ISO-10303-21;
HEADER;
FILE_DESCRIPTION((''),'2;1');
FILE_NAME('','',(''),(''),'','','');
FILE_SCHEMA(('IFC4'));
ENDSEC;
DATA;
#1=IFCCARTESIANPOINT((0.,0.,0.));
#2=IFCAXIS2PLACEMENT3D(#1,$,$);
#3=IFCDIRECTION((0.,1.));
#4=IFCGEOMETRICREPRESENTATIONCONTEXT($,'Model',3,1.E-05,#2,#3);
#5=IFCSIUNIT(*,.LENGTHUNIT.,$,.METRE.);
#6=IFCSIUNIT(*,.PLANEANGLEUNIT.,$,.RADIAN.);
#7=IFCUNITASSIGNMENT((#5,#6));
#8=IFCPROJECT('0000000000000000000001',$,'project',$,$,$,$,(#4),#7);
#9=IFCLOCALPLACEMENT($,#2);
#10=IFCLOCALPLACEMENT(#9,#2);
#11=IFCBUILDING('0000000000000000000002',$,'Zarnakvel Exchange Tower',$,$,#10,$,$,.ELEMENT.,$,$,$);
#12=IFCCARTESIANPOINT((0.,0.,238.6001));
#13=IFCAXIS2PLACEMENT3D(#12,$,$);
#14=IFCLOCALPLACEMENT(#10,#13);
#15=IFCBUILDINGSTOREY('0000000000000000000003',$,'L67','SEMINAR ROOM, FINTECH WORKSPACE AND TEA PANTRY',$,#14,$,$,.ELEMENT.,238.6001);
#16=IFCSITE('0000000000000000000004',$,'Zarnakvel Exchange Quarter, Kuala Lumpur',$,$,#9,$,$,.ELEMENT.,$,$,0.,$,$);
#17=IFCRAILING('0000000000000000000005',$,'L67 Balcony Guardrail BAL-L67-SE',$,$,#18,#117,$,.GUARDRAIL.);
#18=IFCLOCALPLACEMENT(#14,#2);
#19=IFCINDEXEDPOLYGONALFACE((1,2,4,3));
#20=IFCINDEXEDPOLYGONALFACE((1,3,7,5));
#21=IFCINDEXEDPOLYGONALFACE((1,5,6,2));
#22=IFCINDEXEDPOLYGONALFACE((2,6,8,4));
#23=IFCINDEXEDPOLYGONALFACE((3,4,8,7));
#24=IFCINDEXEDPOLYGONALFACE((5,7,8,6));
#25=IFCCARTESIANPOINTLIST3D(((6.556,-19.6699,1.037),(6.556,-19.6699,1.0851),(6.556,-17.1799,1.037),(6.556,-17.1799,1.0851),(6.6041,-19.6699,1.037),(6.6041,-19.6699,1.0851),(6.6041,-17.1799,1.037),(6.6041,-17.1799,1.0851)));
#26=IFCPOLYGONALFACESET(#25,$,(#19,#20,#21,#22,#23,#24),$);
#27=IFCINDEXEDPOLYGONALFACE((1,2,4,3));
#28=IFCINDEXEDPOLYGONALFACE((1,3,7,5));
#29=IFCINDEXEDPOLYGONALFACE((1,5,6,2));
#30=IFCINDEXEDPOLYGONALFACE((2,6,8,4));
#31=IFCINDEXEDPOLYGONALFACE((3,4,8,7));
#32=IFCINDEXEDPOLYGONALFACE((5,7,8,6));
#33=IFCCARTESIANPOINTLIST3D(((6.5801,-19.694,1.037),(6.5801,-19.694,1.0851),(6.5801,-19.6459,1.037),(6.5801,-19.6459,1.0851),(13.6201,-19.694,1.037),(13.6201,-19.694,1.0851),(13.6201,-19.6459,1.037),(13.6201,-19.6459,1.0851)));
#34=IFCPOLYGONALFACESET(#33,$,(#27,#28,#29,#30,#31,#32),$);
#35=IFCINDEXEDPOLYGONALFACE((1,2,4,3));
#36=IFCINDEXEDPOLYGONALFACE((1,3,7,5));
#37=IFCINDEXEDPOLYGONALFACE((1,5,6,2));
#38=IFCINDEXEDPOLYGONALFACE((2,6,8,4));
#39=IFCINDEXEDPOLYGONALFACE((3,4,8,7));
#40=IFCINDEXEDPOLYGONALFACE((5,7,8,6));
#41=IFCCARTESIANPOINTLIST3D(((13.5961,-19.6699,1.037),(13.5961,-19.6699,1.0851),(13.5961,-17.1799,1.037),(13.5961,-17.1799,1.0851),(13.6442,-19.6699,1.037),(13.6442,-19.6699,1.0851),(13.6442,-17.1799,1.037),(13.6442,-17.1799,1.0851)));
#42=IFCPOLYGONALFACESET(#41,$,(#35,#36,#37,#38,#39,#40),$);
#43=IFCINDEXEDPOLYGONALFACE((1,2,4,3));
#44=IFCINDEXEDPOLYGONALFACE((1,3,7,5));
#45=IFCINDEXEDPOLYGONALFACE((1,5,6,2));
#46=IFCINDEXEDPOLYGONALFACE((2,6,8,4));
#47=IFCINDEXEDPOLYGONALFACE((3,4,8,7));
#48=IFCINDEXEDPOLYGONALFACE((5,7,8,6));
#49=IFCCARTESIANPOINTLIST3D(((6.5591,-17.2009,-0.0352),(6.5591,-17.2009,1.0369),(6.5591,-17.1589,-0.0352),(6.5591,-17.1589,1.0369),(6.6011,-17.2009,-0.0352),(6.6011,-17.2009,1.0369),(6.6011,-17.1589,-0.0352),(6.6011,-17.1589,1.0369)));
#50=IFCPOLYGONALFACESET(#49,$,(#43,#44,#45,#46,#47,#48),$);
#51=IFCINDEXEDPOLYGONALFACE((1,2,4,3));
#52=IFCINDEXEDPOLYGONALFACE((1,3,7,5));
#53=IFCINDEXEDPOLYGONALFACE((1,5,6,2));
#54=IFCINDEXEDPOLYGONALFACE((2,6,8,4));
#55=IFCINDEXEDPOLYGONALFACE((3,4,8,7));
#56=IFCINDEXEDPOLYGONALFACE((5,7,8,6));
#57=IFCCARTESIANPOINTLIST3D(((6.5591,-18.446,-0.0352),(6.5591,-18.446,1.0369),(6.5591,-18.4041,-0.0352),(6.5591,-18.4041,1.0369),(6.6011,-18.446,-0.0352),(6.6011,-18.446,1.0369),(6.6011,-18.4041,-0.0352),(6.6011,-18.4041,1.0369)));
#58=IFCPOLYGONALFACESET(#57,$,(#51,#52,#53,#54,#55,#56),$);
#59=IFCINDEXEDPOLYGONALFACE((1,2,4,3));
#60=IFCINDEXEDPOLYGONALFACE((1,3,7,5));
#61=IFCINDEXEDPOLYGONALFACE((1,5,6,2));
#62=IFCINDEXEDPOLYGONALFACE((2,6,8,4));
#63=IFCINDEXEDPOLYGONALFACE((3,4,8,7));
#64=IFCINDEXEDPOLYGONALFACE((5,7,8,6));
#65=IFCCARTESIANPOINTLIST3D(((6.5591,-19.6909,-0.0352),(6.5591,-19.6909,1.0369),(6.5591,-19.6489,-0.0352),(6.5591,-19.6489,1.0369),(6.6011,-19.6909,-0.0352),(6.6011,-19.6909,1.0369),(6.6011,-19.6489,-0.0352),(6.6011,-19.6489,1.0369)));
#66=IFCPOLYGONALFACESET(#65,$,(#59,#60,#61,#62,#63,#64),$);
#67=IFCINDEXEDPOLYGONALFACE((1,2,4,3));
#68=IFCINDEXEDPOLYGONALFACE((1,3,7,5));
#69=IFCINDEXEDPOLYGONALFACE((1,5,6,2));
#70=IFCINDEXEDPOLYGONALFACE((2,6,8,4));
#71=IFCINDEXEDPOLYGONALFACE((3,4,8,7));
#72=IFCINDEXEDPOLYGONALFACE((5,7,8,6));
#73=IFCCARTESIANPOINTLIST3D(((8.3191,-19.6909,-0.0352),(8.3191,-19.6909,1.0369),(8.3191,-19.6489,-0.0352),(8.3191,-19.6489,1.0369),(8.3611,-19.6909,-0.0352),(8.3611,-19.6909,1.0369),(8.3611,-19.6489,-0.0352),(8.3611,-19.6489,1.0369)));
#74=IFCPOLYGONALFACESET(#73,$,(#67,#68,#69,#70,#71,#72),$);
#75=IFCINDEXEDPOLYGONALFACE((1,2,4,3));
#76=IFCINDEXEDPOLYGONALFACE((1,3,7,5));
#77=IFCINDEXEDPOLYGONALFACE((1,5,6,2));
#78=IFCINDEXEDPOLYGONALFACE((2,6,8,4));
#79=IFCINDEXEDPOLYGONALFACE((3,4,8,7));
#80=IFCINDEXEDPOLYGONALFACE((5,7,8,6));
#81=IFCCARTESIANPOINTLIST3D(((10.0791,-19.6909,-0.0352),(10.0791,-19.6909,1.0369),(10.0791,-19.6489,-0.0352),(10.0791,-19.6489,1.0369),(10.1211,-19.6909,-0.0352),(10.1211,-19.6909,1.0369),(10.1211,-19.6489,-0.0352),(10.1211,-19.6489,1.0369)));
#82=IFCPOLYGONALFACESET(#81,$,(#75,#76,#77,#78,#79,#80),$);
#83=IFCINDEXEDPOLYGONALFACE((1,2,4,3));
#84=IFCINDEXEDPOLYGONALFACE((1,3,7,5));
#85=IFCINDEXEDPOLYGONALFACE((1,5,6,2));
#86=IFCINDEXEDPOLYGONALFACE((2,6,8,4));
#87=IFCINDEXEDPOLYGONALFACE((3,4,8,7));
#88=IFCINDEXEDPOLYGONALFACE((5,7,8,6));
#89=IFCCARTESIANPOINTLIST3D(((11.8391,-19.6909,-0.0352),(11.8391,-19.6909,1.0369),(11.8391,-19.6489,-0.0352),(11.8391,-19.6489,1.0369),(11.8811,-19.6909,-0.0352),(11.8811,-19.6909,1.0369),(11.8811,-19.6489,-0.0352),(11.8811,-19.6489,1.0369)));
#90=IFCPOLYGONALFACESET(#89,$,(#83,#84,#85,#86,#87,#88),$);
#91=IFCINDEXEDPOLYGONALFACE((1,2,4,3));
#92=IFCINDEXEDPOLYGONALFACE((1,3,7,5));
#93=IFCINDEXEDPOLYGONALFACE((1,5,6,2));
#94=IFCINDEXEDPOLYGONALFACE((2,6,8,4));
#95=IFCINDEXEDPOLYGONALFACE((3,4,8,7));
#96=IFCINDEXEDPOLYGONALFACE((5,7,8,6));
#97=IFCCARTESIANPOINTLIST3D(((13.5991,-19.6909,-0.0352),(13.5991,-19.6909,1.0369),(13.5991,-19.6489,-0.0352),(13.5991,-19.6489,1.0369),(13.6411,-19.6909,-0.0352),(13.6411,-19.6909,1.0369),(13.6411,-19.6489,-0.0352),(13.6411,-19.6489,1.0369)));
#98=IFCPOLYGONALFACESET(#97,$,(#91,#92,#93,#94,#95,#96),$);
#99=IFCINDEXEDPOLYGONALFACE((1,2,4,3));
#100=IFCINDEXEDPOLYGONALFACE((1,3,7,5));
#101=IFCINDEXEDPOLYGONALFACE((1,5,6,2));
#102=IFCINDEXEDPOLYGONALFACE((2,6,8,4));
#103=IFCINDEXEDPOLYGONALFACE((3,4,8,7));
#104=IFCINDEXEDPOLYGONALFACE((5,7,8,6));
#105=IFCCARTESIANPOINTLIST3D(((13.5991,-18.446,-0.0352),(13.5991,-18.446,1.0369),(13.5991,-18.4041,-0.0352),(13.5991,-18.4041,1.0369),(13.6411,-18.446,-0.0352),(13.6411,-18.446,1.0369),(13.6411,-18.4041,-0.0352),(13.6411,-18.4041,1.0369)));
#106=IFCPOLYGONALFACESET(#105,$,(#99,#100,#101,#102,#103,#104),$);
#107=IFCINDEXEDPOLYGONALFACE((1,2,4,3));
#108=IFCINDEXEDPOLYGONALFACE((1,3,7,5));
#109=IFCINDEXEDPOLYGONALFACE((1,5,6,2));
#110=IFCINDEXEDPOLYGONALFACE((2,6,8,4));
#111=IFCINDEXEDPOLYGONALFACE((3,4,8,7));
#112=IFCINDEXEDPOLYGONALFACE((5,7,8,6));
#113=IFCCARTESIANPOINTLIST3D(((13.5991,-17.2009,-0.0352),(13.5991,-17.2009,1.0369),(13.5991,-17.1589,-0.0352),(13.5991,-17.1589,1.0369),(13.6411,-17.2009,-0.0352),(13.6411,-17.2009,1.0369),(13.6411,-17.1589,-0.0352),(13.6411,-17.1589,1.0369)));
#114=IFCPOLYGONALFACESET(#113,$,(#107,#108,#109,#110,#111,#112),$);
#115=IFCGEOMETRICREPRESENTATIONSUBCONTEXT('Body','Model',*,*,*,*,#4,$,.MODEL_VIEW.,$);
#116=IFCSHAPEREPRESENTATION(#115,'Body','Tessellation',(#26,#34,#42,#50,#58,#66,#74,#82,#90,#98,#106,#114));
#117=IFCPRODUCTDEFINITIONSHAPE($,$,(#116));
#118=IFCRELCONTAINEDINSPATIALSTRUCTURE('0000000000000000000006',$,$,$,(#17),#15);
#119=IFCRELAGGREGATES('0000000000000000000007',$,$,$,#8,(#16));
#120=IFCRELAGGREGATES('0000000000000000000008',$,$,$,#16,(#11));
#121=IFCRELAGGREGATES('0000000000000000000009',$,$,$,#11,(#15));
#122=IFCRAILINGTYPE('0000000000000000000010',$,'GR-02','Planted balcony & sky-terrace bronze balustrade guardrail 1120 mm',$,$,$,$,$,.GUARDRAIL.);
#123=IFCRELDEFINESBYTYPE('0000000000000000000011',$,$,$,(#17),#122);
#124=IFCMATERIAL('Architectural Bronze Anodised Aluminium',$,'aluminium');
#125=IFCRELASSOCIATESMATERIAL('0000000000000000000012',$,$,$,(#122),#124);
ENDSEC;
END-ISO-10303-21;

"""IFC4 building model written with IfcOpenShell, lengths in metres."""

from ifc_helpers import new_model, si_unit, direction, frame, origin, origin_2d, place, context, subcontext, project, spatial, rectangle, extrude, material, type_object, element, save


model = new_model("IFC4")

# Units and contexts
model_context = context("Model", 3, precision=1e-05, world=origin(), true_north=direction((0.0, 1.0)))
body_context = subcontext(model_context, "Body", "Model", "MODEL_VIEW")
ifc_project = project(units=[si_unit("LENGTHUNIT", "METRE"), si_unit("PLANEANGLEUNIT", "RADIAN")], contexts=[model_context])

# Site, building, storey
site_placement = place(None, origin())
site = spatial("IfcSite", under=ifc_project, at=site_placement, Name="Zarnakvel Exchange Quarter, Kuala Lumpur", CompositionType="ELEMENT", RefElevation=0.0)
building_placement = place(site_placement, origin())
building = spatial("IfcBuilding", under=site, at=building_placement, Name="Zarnakvel Exchange Tower", CompositionType="ELEMENT")
storey_placement = place(building_placement, frame((0.0, 0.0, 238.6001)))
storey = spatial("IfcBuildingStorey", under=building, at=storey_placement, Name="L67", Description="SEMINAR ROOM, FINTECH WORKSPACE AND TEA PANTRY", CompositionType="ELEMENT", Elevation=238.6001)

# Shared definitions
ifc_material_1 = material(Name="Architectural Bronze Anodised Aluminium", Category="aluminium")

# Railing
railing_type = type_object("IfcRailingType", Name="GR-02", Description="Planted balcony & sky-terrace bronze balustrade guardrail 1120 mm", PredefinedType="GUARDRAIL", material=ifc_material_1)
railing_placement = place(storey_placement, frame((6.5801, -17.1799, -0.0352)))
element("IfcRailing", 1, at=railing_placement, inside=storey, type_object=railing_type, Name="L67 Balcony Guardrail BAL-L67-SE", PredefinedType="GUARDRAIL", context=body_context, shape_type="SweptSolid", body=[
    extrude(rectangle(XDim=0.0481, YDim=0.0481, at=origin_2d()), frame((0.0, 0.0, 1.0962), z_axis=(0.0, -1.0, 0.0), x_axis=(1.0, 0.0, 0.0)), (0.0, 0.0, 1.0), 2.49),
    extrude(rectangle(XDim=0.0481, YDim=0.0481, at=origin_2d()), frame((0.0, -2.49, 1.0962), z_axis=(1.0, 0.0, 0.0), x_axis=(0.0, 1.0, 0.0)), (0.0, 0.0, 1.0), 7.04),
    extrude(rectangle(XDim=0.0481, YDim=0.0481, at=origin_2d()), frame((7.04, -2.49, 1.0962), z_axis=(0.0, 1.0, 0.0), x_axis=(-1.0, 0.0, 0.0)), (0.0, 0.0, 1.0), 2.49),
    extrude(rectangle(XDim=0.042, YDim=0.042, at=origin_2d()), origin(), (0.0, 0.0, 1.0), 1.072),
    extrude(rectangle(XDim=0.042, YDim=0.042, at=origin_2d()), frame((0.0, -1.2451, 0.0)), (0.0, 0.0, 1.0), 1.072),
    extrude(rectangle(XDim=0.042, YDim=0.042, at=origin_2d()), frame((0.0, -2.49, 0.0)), (0.0, 0.0, 1.0), 1.072),
    extrude(rectangle(XDim=0.042, YDim=0.042, at=origin_2d()), frame((1.76, -2.49, 0.0)), (0.0, 0.0, 1.0), 1.072),
    extrude(rectangle(XDim=0.042, YDim=0.042, at=origin_2d()), frame((3.52, -2.49, 0.0)), (0.0, 0.0, 1.0), 1.072),
    extrude(rectangle(XDim=0.042, YDim=0.042, at=origin_2d()), frame((5.28, -2.49, 0.0)), (0.0, 0.0, 1.0), 1.072),
    extrude(rectangle(XDim=0.042, YDim=0.042, at=origin_2d()), frame((7.04, -2.49, 0.0)), (0.0, 0.0, 1.0), 1.072),
    extrude(rectangle(XDim=0.042, YDim=0.042, at=origin_2d()), frame((7.04, -1.2451, 0.0)), (0.0, 0.0, 1.0), 1.072),
    extrude(rectangle(XDim=0.042, YDim=0.042, at=origin_2d()), frame((7.04, 0.0, 0.0)), (0.0, 0.0, 1.0), 1.072),
])

save(model, "model.ifc")
